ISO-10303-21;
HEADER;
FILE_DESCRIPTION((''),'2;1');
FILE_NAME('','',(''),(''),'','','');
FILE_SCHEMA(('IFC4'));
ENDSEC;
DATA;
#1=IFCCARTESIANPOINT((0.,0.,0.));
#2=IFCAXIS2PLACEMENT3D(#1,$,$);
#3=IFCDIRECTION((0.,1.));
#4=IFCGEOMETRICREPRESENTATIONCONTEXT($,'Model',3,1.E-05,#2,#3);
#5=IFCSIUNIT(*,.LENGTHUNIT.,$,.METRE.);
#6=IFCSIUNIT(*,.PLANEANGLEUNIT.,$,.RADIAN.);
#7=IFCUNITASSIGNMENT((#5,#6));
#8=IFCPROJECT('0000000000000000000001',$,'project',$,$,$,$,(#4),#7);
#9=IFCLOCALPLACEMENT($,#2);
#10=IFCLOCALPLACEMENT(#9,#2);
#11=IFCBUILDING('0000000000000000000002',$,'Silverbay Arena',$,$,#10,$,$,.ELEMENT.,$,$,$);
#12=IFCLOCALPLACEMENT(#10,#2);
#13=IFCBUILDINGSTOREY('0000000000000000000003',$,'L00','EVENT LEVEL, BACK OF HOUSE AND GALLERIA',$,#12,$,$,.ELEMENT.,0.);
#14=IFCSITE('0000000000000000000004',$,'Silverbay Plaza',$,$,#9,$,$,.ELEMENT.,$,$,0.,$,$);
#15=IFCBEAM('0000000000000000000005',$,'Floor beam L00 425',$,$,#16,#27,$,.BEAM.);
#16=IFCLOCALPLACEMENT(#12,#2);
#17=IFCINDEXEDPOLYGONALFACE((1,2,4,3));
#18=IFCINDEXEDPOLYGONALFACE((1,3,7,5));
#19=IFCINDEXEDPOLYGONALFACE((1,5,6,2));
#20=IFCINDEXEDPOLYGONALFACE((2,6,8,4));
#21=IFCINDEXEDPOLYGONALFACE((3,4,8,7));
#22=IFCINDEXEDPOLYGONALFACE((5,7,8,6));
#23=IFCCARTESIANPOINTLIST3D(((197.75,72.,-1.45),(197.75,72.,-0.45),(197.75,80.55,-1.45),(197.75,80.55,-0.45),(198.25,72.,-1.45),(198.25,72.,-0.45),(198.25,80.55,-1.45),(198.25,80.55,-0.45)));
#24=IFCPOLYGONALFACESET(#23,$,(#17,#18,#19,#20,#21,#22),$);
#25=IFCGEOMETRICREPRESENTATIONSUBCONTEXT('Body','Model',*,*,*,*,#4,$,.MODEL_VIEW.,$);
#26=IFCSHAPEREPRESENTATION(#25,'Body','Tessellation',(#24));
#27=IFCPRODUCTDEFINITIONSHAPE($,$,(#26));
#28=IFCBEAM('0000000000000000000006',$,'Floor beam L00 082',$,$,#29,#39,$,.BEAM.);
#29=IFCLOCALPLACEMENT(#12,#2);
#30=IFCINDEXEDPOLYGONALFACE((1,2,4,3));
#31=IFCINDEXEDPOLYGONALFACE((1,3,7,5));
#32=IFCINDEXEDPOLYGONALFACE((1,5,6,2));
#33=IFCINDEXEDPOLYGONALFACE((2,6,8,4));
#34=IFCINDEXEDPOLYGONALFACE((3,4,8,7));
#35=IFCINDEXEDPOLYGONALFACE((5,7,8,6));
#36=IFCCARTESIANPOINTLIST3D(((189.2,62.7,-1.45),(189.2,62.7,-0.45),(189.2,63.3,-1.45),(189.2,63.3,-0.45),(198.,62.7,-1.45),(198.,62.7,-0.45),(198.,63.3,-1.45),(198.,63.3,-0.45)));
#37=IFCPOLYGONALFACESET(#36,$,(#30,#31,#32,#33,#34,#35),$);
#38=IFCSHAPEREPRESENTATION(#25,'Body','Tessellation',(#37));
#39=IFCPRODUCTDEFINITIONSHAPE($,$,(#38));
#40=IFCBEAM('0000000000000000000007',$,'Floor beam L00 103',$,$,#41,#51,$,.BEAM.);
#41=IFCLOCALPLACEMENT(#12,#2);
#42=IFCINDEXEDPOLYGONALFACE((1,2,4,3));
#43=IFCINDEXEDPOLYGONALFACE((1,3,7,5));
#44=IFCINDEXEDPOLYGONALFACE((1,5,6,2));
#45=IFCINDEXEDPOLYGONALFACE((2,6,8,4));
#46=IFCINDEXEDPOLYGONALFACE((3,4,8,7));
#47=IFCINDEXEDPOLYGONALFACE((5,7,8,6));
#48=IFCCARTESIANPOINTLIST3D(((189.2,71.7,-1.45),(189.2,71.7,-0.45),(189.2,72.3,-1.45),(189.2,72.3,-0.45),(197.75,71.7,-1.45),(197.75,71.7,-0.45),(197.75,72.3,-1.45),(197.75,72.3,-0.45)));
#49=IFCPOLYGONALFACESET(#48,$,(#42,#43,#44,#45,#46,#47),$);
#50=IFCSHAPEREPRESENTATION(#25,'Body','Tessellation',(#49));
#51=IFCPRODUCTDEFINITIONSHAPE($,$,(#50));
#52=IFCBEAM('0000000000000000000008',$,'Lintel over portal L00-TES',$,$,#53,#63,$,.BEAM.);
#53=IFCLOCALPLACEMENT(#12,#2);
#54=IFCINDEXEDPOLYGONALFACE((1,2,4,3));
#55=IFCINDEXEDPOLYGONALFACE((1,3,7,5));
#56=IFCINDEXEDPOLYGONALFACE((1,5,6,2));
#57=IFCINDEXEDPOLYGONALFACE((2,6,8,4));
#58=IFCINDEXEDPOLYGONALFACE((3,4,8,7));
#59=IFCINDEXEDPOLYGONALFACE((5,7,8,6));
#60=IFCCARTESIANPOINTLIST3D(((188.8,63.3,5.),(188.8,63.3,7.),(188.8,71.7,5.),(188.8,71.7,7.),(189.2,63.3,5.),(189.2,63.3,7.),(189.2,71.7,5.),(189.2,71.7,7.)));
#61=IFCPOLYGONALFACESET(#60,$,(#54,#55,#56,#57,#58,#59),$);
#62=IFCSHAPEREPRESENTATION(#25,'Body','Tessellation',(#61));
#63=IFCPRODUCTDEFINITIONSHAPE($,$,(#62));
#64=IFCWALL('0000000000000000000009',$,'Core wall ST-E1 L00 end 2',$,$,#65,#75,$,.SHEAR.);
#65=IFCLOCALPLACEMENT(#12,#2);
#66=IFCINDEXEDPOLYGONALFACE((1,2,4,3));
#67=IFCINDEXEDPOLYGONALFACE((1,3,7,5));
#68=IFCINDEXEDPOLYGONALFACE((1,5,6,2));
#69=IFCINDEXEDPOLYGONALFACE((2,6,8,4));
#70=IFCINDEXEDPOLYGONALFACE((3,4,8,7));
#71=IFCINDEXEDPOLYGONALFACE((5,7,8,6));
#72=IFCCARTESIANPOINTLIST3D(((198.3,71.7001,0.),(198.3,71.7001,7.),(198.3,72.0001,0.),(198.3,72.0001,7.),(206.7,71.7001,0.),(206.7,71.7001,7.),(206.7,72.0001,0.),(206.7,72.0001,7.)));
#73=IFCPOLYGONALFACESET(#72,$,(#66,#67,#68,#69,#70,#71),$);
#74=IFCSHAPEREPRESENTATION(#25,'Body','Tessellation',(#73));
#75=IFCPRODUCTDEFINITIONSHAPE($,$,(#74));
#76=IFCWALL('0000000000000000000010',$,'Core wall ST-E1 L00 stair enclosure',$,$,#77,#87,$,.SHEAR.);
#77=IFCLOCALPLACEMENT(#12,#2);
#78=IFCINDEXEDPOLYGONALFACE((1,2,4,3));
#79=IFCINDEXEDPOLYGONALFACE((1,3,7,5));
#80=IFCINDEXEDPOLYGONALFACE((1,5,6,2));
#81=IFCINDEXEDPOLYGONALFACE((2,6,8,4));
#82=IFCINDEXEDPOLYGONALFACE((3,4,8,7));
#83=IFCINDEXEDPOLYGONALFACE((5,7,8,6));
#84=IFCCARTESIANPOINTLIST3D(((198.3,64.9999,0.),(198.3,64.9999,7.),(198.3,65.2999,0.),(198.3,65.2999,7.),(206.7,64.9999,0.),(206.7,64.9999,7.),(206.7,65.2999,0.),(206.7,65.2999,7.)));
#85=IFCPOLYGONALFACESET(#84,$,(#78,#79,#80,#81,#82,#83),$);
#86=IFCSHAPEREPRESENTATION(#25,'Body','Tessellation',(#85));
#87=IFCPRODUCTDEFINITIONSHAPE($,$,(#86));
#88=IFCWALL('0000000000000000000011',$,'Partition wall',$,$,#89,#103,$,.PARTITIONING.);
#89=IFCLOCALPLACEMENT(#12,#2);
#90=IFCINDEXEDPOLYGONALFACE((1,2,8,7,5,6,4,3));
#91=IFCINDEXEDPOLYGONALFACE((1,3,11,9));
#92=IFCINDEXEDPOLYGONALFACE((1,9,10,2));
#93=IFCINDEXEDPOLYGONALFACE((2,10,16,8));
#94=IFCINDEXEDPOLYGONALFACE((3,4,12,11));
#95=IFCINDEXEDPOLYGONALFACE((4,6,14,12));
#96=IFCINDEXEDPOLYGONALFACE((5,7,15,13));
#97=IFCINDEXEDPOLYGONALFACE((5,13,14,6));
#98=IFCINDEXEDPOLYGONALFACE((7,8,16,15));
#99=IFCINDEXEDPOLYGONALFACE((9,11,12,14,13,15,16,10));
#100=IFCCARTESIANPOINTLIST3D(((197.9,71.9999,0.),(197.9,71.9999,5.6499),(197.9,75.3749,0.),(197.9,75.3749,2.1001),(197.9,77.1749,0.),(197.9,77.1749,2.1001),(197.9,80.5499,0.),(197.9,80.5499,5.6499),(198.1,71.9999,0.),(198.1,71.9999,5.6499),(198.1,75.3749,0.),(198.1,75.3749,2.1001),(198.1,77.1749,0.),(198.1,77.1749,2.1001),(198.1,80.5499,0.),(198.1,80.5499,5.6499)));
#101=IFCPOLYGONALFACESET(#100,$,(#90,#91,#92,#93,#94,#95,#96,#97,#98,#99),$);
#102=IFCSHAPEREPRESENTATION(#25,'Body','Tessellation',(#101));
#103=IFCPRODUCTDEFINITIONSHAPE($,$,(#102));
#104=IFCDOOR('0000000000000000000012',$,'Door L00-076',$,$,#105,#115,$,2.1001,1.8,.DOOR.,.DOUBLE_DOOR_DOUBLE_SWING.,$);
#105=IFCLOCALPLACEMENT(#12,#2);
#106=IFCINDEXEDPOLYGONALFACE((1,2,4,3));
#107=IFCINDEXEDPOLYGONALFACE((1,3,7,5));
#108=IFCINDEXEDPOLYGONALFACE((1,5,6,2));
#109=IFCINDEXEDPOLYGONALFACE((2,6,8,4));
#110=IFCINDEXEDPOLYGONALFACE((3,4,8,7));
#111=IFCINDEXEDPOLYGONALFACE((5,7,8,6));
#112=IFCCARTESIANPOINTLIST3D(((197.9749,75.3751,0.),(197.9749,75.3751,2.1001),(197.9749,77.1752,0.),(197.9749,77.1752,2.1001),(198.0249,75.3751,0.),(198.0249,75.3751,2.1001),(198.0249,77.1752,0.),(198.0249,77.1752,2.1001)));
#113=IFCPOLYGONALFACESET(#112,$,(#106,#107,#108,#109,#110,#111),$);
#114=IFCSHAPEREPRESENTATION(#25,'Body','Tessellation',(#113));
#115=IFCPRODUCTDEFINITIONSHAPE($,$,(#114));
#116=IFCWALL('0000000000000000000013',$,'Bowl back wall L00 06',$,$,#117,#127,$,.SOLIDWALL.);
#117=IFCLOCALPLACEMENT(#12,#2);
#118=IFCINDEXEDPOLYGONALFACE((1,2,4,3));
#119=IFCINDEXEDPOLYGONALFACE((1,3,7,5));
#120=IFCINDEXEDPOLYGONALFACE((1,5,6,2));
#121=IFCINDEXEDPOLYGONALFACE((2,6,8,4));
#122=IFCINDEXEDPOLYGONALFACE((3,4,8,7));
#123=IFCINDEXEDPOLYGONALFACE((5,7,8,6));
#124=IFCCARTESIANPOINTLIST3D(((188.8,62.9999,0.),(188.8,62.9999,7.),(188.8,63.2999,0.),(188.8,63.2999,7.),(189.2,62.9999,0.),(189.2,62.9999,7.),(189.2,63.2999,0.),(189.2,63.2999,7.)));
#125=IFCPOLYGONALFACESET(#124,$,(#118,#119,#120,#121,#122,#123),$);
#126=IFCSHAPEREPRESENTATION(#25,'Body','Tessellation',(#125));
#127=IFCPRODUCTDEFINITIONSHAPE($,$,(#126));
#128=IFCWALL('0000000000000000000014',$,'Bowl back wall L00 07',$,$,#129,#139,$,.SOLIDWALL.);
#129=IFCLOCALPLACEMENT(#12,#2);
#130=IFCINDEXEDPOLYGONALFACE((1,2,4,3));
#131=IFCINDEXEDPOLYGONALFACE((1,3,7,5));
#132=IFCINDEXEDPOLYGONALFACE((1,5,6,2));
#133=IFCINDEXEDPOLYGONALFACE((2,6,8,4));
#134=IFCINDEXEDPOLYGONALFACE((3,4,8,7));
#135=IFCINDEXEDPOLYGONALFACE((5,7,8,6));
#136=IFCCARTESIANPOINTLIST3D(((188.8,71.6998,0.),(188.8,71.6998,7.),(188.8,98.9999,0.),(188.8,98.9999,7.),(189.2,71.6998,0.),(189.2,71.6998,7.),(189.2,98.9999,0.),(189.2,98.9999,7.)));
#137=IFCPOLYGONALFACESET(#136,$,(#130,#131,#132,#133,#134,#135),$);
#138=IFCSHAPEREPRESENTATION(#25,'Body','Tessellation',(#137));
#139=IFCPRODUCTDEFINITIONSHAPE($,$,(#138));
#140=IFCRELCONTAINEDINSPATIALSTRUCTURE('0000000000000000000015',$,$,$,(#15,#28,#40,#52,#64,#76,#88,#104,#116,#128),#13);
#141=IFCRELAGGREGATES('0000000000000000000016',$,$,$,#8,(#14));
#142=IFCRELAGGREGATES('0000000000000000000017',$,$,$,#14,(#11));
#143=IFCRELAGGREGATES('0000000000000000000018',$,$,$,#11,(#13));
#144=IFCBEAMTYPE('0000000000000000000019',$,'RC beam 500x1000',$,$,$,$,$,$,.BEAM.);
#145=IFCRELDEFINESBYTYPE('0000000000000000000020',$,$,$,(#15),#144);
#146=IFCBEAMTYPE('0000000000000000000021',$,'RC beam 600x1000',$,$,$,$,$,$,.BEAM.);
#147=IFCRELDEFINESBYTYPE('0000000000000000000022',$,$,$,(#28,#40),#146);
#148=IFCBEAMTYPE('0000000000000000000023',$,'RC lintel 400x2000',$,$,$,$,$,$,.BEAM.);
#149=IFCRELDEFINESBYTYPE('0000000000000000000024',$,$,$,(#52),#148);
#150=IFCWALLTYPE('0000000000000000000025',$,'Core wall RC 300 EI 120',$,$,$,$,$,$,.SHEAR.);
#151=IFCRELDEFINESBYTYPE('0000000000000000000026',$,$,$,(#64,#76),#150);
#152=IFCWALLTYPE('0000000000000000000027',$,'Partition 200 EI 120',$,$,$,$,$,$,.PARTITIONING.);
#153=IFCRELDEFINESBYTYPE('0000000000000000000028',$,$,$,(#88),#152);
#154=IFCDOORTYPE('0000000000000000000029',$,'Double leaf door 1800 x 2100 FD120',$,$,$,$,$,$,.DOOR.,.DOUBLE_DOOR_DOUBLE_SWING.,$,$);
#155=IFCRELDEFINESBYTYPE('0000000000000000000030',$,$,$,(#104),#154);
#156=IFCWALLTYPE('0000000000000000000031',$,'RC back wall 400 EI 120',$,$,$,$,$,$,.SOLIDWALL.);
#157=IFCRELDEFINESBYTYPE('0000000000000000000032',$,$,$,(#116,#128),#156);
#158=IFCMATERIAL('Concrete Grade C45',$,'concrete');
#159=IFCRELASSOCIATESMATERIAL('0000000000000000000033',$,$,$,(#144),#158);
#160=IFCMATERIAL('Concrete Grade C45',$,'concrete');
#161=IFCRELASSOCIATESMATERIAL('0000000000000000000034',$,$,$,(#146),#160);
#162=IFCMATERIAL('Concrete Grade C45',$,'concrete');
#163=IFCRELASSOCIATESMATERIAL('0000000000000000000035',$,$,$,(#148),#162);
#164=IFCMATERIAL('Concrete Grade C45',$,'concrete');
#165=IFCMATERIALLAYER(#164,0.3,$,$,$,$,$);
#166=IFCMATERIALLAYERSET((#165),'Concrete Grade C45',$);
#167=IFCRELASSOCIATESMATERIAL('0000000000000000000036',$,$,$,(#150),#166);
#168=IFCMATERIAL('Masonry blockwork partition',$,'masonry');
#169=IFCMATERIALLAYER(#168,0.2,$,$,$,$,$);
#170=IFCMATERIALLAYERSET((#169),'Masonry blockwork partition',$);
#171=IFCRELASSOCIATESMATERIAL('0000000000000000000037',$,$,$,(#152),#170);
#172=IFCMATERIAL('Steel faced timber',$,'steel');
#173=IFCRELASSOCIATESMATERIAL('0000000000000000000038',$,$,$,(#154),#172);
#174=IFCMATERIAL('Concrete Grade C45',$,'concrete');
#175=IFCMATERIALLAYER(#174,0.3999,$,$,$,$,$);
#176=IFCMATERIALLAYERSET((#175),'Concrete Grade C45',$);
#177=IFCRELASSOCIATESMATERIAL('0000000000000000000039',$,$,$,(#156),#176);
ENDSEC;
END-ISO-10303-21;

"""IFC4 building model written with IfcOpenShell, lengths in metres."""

from ifc_helpers import new_model, si_unit, direction, frame, frame_2d, origin, origin_2d, place, context, subcontext, project, spatial, rectangle, extrude, material, layer, layer_set, material_profile, profile_set, type_object, element, fill, save


model = new_model("IFC4")

# Units and contexts
model_context = context("Model", 3, precision=1e-05, world=origin(), true_north=direction((0.0, 1.0)))
body_context = subcontext(model_context, "Body", "Model", "MODEL_VIEW")
ifc_project = project(units=[si_unit("LENGTHUNIT", "METRE"), si_unit("PLANEANGLEUNIT", "RADIAN")], contexts=[model_context])

# Site, building, storey
site_placement = place(None, origin())
site = spatial("IfcSite", under=ifc_project, at=site_placement, Name="Silverbay Plaza", CompositionType="ELEMENT", RefElevation=0.0)
building_placement = place(site_placement, origin())
building = spatial("IfcBuilding", under=site, at=building_placement, Name="Silverbay Arena", CompositionType="ELEMENT")
storey_placement = place(building_placement, origin())
storey = spatial("IfcBuildingStorey", under=building, at=storey_placement, Name="L00", Description="EVENT LEVEL, BACK OF HOUSE AND GALLERIA", CompositionType="ELEMENT", Elevation=0.0)

# Beams
ifc_material_1 = material(Name="Concrete Grade C45", Category="concrete")
ifc_material_profile_1 = material_profile(ifc_material_1, rectangle(XDim=0.5, YDim=1.0, at=origin_2d()), Name="RC 500x1000")
ifc_profile_set_1 = profile_set([ifc_material_profile_1], Name="Concrete Grade C45")
beam_type_1 = type_object("IfcBeamType", Name="RC beam 500x1000", PredefinedType="BEAM", material=ifc_profile_set_1)
beam_1_placement = place(storey_placement, frame((198.0, 72.0, -0.95), z_axis=(0.0, 1.0, 0.0), x_axis=(-1.0, 0.0, 0.0)))
element("IfcBeam", 1, at=beam_1_placement, inside=storey, type_object=beam_type_1, Name="Floor beam L00 425", PredefinedType="BEAM", context=body_context, shape_type="SweptSolid", body=[
    extrude(rectangle(XDim=0.5, YDim=1.0, at=origin_2d()), origin(), (0.0, 0.0, 1.0), 8.55),
])
ifc_material_2 = material(Name="Concrete Grade C45", Category="concrete")
ifc_material_profile_2 = material_profile(ifc_material_2, rectangle(XDim=0.6001, YDim=1.0, at=origin_2d()), Name="RC 600x1000")
ifc_profile_set_2 = profile_set([ifc_material_profile_2], Name="Concrete Grade C45")
beam_type_2 = type_object("IfcBeamType", Name="RC beam 600x1000", PredefinedType="BEAM", material=ifc_profile_set_2)
beam_2_placement = place(storey_placement, frame((189.2, 63.0, -0.95), z_axis=(1.0, 0.0, 0.0), x_axis=(0.0, 1.0, 0.0)))
element("IfcBeam", 2, at=beam_2_placement, inside=storey, type_object=beam_type_2, Name="Floor beam L00 082", PredefinedType="BEAM", context=body_context, shape_type="SweptSolid", body=[
    extrude(rectangle(XDim=0.6001, YDim=1.0, at=origin_2d()), origin(), (0.0, 0.0, 1.0), 8.8),
])
beam_3_placement = place(storey_placement, frame((189.2, 72.0, -0.95), z_axis=(1.0, 0.0, 0.0), x_axis=(0.0, 1.0, 0.0)))
element("IfcBeam", 3, at=beam_3_placement, inside=storey, type_object=beam_type_2, Name="Floor beam L00 103", PredefinedType="BEAM", context=body_context, shape_type="SweptSolid", body=[
    extrude(rectangle(XDim=0.6001, YDim=1.0, at=origin_2d()), origin(), (0.0, 0.0, 1.0), 8.55),
])
ifc_material_3 = material(Name="Concrete Grade C45", Category="concrete")
ifc_material_profile_3 = material_profile(ifc_material_3, rectangle(XDim=0.3999, YDim=2.0, at=origin_2d()), Name="RC 400x2000")
ifc_profile_set_3 = profile_set([ifc_material_profile_3], Name="Concrete Grade C45")
beam_type_3 = type_object("IfcBeamType", Name="RC lintel 400x2000", PredefinedType="BEAM", material=ifc_profile_set_3)
beam_4_placement = place(storey_placement, frame((189.0, 63.3, 6.0), z_axis=(0.0, 1.0, 0.0), x_axis=(-1.0, 0.0, 0.0)))
element("IfcBeam", 4, at=beam_4_placement, inside=storey, type_object=beam_type_3, Name="Lintel over portal L00-TES", PredefinedType="BEAM", context=body_context, shape_type="SweptSolid", body=[
    extrude(rectangle(XDim=0.3999, YDim=2.0, at=origin_2d()), origin(), (0.0, 0.0, 1.0), 8.3999),
])

# Walls
ifc_material_4 = material(Name="Concrete Grade C45", Category="concrete")
ifc_layer_1 = layer(ifc_material_4, 0.3)
ifc_layer_set_1 = layer_set([ifc_layer_1], Name="Concrete Grade C45")
wall_type_1 = type_object("IfcWallType", Name="Core wall RC 300 EI 120", PredefinedType="SHEAR", material=ifc_layer_set_1)
for number, where, z_axis, x_axis, name in (
    (5, (198.3, 71.8501, 0.0), (0.0, 0.0, 1.0), (1.0, 0.0, 0.0), "Core wall ST-E1 L00 end 2"),
    (6, (198.3, 65.1499, 0.0), (0.0, 0.0, 1.0), (1.0, 0.0, 0.0), "Core wall ST-E1 L00 stair enclosure"),
):
    element("IfcWall", number, at=place(storey_placement, frame(where, z_axis=z_axis, x_axis=x_axis)), inside=storey, type_object=wall_type_1, Name=name, PredefinedType="SHEAR", context=body_context, shape_type="SweptSolid", body=[
        extrude(rectangle(XDim=8.3999, YDim=0.3, at=frame_2d((4.2, 0.0))), origin(), (0.0, 0.0, 1.0), 7.0),
    ])

# Wall, opening, door
ifc_material_5 = material(Name="Masonry blockwork partition", Category="masonry")
ifc_layer_2 = layer(ifc_material_5, 0.2)
ifc_layer_set_2 = layer_set([ifc_layer_2], Name="Masonry blockwork partition")
wall_type_2 = type_object("IfcWallType", Name="Partition 200 EI 120", PredefinedType="PARTITIONING", material=ifc_layer_set_2)
wall_1_placement = place(storey_placement, frame((198.0, 72.0, 0.0), z_axis=(0.0, 0.0, 1.0), x_axis=(0.0, 1.0, 0.0)))
wall_1 = element("IfcWall", 7, at=wall_1_placement, inside=storey, type_object=wall_type_2, Name="Partition wall", PredefinedType="PARTITIONING", context=body_context, shape_type="SweptSolid", body=[
    extrude(rectangle(XDim=8.55, YDim=0.2, at=frame_2d((4.2749, 0.0))), origin(), (0.0, 0.0, 1.0), 5.6499),
])
opening_1_placement = place(wall_1_placement, frame((3.375, 0.0, 0.0)))
opening_1 = element("IfcOpeningElement", 8, at=opening_1_placement, cuts=wall_1, PredefinedType="OPENING", context=body_context, shape_type="SweptSolid", body=[
    extrude(rectangle(XDim=1.8, YDim=2.1001, at=frame_2d((0.8999, 1.05))), frame((0.0, 0.1099, 0.0), z_axis=(0.0, -1.0, 0.0), x_axis=(1.0, 0.0, 0.0)), (0.0, 0.0, 1.0), 0.22),
])
ifc_material_6 = material(Name="Steel faced timber", Category="steel")
door_type_1 = type_object("IfcDoorType", Name="Double leaf door 1800 x 2100 FD120", OperationType="DOUBLE_DOOR_DOUBLE_SWING", PredefinedType="DOOR", material=ifc_material_6)
door_1_placement = place(opening_1_placement, frame((1.8, 0.0, 0.0), z_axis=(0.0, 0.0, 1.0), x_axis=(-1.0, 0.0, 0.0)))
door_1 = element("IfcDoor", 9, at=door_1_placement, inside=storey, type_object=door_type_1, Name="Door L00-076", OperationType="DOUBLE_DOOR_DOUBLE_SWING", OverallHeight=2.1001, OverallWidth=1.8, PredefinedType="DOOR", context=body_context, shape_type="SweptSolid", body=[
    extrude(rectangle(XDim=1.8, YDim=2.1001, at=frame_2d((0.8999, 1.05))), frame((0.0, 0.0249, 0.0), z_axis=(0.0, -1.0, 0.0), x_axis=(1.0, 0.0, 0.0)), (0.0, 0.0, 1.0), 0.05),
])
fill(opening_1, door_1)

# Walls
ifc_material_7 = material(Name="Concrete Grade C45", Category="concrete")
ifc_layer_3 = layer(ifc_material_7, 0.3999)
ifc_layer_set_3 = layer_set([ifc_layer_3], Name="Concrete Grade C45")
wall_type_3 = type_object("IfcWallType", Name="RC back wall 400 EI 120", PredefinedType="SOLIDWALL", material=ifc_layer_set_3)
wall_2_placement = place(storey_placement, frame((189.0, 63.0, 0.0), z_axis=(0.0, 0.0, 1.0), x_axis=(0.0, 1.0, 0.0)))
element("IfcWall", 10, at=wall_2_placement, inside=storey, type_object=wall_type_3, Name="Bowl back wall L00 06", PredefinedType="SOLIDWALL", context=body_context, shape_type="SweptSolid", body=[
    extrude(rectangle(XDim=0.3, YDim=0.3999, at=frame_2d((0.1499, 0.0))), origin(), (0.0, 0.0, 1.0), 7.0),
])
wall_3_placement = place(storey_placement, frame((189.0, 71.7, 0.0), z_axis=(0.0, 0.0, 1.0), x_axis=(0.0, 1.0, 0.0)))
element("IfcWall", 11, at=wall_3_placement, inside=storey, type_object=wall_type_3, Name="Bowl back wall L00 07", PredefinedType="SOLIDWALL", context=body_context, shape_type="SweptSolid", body=[
    extrude(rectangle(XDim=27.3, YDim=0.3999, at=frame_2d((13.6499, 0.0))), origin(), (0.0, 0.0, 1.0), 7.0),
])

save(model, "model.ifc")
